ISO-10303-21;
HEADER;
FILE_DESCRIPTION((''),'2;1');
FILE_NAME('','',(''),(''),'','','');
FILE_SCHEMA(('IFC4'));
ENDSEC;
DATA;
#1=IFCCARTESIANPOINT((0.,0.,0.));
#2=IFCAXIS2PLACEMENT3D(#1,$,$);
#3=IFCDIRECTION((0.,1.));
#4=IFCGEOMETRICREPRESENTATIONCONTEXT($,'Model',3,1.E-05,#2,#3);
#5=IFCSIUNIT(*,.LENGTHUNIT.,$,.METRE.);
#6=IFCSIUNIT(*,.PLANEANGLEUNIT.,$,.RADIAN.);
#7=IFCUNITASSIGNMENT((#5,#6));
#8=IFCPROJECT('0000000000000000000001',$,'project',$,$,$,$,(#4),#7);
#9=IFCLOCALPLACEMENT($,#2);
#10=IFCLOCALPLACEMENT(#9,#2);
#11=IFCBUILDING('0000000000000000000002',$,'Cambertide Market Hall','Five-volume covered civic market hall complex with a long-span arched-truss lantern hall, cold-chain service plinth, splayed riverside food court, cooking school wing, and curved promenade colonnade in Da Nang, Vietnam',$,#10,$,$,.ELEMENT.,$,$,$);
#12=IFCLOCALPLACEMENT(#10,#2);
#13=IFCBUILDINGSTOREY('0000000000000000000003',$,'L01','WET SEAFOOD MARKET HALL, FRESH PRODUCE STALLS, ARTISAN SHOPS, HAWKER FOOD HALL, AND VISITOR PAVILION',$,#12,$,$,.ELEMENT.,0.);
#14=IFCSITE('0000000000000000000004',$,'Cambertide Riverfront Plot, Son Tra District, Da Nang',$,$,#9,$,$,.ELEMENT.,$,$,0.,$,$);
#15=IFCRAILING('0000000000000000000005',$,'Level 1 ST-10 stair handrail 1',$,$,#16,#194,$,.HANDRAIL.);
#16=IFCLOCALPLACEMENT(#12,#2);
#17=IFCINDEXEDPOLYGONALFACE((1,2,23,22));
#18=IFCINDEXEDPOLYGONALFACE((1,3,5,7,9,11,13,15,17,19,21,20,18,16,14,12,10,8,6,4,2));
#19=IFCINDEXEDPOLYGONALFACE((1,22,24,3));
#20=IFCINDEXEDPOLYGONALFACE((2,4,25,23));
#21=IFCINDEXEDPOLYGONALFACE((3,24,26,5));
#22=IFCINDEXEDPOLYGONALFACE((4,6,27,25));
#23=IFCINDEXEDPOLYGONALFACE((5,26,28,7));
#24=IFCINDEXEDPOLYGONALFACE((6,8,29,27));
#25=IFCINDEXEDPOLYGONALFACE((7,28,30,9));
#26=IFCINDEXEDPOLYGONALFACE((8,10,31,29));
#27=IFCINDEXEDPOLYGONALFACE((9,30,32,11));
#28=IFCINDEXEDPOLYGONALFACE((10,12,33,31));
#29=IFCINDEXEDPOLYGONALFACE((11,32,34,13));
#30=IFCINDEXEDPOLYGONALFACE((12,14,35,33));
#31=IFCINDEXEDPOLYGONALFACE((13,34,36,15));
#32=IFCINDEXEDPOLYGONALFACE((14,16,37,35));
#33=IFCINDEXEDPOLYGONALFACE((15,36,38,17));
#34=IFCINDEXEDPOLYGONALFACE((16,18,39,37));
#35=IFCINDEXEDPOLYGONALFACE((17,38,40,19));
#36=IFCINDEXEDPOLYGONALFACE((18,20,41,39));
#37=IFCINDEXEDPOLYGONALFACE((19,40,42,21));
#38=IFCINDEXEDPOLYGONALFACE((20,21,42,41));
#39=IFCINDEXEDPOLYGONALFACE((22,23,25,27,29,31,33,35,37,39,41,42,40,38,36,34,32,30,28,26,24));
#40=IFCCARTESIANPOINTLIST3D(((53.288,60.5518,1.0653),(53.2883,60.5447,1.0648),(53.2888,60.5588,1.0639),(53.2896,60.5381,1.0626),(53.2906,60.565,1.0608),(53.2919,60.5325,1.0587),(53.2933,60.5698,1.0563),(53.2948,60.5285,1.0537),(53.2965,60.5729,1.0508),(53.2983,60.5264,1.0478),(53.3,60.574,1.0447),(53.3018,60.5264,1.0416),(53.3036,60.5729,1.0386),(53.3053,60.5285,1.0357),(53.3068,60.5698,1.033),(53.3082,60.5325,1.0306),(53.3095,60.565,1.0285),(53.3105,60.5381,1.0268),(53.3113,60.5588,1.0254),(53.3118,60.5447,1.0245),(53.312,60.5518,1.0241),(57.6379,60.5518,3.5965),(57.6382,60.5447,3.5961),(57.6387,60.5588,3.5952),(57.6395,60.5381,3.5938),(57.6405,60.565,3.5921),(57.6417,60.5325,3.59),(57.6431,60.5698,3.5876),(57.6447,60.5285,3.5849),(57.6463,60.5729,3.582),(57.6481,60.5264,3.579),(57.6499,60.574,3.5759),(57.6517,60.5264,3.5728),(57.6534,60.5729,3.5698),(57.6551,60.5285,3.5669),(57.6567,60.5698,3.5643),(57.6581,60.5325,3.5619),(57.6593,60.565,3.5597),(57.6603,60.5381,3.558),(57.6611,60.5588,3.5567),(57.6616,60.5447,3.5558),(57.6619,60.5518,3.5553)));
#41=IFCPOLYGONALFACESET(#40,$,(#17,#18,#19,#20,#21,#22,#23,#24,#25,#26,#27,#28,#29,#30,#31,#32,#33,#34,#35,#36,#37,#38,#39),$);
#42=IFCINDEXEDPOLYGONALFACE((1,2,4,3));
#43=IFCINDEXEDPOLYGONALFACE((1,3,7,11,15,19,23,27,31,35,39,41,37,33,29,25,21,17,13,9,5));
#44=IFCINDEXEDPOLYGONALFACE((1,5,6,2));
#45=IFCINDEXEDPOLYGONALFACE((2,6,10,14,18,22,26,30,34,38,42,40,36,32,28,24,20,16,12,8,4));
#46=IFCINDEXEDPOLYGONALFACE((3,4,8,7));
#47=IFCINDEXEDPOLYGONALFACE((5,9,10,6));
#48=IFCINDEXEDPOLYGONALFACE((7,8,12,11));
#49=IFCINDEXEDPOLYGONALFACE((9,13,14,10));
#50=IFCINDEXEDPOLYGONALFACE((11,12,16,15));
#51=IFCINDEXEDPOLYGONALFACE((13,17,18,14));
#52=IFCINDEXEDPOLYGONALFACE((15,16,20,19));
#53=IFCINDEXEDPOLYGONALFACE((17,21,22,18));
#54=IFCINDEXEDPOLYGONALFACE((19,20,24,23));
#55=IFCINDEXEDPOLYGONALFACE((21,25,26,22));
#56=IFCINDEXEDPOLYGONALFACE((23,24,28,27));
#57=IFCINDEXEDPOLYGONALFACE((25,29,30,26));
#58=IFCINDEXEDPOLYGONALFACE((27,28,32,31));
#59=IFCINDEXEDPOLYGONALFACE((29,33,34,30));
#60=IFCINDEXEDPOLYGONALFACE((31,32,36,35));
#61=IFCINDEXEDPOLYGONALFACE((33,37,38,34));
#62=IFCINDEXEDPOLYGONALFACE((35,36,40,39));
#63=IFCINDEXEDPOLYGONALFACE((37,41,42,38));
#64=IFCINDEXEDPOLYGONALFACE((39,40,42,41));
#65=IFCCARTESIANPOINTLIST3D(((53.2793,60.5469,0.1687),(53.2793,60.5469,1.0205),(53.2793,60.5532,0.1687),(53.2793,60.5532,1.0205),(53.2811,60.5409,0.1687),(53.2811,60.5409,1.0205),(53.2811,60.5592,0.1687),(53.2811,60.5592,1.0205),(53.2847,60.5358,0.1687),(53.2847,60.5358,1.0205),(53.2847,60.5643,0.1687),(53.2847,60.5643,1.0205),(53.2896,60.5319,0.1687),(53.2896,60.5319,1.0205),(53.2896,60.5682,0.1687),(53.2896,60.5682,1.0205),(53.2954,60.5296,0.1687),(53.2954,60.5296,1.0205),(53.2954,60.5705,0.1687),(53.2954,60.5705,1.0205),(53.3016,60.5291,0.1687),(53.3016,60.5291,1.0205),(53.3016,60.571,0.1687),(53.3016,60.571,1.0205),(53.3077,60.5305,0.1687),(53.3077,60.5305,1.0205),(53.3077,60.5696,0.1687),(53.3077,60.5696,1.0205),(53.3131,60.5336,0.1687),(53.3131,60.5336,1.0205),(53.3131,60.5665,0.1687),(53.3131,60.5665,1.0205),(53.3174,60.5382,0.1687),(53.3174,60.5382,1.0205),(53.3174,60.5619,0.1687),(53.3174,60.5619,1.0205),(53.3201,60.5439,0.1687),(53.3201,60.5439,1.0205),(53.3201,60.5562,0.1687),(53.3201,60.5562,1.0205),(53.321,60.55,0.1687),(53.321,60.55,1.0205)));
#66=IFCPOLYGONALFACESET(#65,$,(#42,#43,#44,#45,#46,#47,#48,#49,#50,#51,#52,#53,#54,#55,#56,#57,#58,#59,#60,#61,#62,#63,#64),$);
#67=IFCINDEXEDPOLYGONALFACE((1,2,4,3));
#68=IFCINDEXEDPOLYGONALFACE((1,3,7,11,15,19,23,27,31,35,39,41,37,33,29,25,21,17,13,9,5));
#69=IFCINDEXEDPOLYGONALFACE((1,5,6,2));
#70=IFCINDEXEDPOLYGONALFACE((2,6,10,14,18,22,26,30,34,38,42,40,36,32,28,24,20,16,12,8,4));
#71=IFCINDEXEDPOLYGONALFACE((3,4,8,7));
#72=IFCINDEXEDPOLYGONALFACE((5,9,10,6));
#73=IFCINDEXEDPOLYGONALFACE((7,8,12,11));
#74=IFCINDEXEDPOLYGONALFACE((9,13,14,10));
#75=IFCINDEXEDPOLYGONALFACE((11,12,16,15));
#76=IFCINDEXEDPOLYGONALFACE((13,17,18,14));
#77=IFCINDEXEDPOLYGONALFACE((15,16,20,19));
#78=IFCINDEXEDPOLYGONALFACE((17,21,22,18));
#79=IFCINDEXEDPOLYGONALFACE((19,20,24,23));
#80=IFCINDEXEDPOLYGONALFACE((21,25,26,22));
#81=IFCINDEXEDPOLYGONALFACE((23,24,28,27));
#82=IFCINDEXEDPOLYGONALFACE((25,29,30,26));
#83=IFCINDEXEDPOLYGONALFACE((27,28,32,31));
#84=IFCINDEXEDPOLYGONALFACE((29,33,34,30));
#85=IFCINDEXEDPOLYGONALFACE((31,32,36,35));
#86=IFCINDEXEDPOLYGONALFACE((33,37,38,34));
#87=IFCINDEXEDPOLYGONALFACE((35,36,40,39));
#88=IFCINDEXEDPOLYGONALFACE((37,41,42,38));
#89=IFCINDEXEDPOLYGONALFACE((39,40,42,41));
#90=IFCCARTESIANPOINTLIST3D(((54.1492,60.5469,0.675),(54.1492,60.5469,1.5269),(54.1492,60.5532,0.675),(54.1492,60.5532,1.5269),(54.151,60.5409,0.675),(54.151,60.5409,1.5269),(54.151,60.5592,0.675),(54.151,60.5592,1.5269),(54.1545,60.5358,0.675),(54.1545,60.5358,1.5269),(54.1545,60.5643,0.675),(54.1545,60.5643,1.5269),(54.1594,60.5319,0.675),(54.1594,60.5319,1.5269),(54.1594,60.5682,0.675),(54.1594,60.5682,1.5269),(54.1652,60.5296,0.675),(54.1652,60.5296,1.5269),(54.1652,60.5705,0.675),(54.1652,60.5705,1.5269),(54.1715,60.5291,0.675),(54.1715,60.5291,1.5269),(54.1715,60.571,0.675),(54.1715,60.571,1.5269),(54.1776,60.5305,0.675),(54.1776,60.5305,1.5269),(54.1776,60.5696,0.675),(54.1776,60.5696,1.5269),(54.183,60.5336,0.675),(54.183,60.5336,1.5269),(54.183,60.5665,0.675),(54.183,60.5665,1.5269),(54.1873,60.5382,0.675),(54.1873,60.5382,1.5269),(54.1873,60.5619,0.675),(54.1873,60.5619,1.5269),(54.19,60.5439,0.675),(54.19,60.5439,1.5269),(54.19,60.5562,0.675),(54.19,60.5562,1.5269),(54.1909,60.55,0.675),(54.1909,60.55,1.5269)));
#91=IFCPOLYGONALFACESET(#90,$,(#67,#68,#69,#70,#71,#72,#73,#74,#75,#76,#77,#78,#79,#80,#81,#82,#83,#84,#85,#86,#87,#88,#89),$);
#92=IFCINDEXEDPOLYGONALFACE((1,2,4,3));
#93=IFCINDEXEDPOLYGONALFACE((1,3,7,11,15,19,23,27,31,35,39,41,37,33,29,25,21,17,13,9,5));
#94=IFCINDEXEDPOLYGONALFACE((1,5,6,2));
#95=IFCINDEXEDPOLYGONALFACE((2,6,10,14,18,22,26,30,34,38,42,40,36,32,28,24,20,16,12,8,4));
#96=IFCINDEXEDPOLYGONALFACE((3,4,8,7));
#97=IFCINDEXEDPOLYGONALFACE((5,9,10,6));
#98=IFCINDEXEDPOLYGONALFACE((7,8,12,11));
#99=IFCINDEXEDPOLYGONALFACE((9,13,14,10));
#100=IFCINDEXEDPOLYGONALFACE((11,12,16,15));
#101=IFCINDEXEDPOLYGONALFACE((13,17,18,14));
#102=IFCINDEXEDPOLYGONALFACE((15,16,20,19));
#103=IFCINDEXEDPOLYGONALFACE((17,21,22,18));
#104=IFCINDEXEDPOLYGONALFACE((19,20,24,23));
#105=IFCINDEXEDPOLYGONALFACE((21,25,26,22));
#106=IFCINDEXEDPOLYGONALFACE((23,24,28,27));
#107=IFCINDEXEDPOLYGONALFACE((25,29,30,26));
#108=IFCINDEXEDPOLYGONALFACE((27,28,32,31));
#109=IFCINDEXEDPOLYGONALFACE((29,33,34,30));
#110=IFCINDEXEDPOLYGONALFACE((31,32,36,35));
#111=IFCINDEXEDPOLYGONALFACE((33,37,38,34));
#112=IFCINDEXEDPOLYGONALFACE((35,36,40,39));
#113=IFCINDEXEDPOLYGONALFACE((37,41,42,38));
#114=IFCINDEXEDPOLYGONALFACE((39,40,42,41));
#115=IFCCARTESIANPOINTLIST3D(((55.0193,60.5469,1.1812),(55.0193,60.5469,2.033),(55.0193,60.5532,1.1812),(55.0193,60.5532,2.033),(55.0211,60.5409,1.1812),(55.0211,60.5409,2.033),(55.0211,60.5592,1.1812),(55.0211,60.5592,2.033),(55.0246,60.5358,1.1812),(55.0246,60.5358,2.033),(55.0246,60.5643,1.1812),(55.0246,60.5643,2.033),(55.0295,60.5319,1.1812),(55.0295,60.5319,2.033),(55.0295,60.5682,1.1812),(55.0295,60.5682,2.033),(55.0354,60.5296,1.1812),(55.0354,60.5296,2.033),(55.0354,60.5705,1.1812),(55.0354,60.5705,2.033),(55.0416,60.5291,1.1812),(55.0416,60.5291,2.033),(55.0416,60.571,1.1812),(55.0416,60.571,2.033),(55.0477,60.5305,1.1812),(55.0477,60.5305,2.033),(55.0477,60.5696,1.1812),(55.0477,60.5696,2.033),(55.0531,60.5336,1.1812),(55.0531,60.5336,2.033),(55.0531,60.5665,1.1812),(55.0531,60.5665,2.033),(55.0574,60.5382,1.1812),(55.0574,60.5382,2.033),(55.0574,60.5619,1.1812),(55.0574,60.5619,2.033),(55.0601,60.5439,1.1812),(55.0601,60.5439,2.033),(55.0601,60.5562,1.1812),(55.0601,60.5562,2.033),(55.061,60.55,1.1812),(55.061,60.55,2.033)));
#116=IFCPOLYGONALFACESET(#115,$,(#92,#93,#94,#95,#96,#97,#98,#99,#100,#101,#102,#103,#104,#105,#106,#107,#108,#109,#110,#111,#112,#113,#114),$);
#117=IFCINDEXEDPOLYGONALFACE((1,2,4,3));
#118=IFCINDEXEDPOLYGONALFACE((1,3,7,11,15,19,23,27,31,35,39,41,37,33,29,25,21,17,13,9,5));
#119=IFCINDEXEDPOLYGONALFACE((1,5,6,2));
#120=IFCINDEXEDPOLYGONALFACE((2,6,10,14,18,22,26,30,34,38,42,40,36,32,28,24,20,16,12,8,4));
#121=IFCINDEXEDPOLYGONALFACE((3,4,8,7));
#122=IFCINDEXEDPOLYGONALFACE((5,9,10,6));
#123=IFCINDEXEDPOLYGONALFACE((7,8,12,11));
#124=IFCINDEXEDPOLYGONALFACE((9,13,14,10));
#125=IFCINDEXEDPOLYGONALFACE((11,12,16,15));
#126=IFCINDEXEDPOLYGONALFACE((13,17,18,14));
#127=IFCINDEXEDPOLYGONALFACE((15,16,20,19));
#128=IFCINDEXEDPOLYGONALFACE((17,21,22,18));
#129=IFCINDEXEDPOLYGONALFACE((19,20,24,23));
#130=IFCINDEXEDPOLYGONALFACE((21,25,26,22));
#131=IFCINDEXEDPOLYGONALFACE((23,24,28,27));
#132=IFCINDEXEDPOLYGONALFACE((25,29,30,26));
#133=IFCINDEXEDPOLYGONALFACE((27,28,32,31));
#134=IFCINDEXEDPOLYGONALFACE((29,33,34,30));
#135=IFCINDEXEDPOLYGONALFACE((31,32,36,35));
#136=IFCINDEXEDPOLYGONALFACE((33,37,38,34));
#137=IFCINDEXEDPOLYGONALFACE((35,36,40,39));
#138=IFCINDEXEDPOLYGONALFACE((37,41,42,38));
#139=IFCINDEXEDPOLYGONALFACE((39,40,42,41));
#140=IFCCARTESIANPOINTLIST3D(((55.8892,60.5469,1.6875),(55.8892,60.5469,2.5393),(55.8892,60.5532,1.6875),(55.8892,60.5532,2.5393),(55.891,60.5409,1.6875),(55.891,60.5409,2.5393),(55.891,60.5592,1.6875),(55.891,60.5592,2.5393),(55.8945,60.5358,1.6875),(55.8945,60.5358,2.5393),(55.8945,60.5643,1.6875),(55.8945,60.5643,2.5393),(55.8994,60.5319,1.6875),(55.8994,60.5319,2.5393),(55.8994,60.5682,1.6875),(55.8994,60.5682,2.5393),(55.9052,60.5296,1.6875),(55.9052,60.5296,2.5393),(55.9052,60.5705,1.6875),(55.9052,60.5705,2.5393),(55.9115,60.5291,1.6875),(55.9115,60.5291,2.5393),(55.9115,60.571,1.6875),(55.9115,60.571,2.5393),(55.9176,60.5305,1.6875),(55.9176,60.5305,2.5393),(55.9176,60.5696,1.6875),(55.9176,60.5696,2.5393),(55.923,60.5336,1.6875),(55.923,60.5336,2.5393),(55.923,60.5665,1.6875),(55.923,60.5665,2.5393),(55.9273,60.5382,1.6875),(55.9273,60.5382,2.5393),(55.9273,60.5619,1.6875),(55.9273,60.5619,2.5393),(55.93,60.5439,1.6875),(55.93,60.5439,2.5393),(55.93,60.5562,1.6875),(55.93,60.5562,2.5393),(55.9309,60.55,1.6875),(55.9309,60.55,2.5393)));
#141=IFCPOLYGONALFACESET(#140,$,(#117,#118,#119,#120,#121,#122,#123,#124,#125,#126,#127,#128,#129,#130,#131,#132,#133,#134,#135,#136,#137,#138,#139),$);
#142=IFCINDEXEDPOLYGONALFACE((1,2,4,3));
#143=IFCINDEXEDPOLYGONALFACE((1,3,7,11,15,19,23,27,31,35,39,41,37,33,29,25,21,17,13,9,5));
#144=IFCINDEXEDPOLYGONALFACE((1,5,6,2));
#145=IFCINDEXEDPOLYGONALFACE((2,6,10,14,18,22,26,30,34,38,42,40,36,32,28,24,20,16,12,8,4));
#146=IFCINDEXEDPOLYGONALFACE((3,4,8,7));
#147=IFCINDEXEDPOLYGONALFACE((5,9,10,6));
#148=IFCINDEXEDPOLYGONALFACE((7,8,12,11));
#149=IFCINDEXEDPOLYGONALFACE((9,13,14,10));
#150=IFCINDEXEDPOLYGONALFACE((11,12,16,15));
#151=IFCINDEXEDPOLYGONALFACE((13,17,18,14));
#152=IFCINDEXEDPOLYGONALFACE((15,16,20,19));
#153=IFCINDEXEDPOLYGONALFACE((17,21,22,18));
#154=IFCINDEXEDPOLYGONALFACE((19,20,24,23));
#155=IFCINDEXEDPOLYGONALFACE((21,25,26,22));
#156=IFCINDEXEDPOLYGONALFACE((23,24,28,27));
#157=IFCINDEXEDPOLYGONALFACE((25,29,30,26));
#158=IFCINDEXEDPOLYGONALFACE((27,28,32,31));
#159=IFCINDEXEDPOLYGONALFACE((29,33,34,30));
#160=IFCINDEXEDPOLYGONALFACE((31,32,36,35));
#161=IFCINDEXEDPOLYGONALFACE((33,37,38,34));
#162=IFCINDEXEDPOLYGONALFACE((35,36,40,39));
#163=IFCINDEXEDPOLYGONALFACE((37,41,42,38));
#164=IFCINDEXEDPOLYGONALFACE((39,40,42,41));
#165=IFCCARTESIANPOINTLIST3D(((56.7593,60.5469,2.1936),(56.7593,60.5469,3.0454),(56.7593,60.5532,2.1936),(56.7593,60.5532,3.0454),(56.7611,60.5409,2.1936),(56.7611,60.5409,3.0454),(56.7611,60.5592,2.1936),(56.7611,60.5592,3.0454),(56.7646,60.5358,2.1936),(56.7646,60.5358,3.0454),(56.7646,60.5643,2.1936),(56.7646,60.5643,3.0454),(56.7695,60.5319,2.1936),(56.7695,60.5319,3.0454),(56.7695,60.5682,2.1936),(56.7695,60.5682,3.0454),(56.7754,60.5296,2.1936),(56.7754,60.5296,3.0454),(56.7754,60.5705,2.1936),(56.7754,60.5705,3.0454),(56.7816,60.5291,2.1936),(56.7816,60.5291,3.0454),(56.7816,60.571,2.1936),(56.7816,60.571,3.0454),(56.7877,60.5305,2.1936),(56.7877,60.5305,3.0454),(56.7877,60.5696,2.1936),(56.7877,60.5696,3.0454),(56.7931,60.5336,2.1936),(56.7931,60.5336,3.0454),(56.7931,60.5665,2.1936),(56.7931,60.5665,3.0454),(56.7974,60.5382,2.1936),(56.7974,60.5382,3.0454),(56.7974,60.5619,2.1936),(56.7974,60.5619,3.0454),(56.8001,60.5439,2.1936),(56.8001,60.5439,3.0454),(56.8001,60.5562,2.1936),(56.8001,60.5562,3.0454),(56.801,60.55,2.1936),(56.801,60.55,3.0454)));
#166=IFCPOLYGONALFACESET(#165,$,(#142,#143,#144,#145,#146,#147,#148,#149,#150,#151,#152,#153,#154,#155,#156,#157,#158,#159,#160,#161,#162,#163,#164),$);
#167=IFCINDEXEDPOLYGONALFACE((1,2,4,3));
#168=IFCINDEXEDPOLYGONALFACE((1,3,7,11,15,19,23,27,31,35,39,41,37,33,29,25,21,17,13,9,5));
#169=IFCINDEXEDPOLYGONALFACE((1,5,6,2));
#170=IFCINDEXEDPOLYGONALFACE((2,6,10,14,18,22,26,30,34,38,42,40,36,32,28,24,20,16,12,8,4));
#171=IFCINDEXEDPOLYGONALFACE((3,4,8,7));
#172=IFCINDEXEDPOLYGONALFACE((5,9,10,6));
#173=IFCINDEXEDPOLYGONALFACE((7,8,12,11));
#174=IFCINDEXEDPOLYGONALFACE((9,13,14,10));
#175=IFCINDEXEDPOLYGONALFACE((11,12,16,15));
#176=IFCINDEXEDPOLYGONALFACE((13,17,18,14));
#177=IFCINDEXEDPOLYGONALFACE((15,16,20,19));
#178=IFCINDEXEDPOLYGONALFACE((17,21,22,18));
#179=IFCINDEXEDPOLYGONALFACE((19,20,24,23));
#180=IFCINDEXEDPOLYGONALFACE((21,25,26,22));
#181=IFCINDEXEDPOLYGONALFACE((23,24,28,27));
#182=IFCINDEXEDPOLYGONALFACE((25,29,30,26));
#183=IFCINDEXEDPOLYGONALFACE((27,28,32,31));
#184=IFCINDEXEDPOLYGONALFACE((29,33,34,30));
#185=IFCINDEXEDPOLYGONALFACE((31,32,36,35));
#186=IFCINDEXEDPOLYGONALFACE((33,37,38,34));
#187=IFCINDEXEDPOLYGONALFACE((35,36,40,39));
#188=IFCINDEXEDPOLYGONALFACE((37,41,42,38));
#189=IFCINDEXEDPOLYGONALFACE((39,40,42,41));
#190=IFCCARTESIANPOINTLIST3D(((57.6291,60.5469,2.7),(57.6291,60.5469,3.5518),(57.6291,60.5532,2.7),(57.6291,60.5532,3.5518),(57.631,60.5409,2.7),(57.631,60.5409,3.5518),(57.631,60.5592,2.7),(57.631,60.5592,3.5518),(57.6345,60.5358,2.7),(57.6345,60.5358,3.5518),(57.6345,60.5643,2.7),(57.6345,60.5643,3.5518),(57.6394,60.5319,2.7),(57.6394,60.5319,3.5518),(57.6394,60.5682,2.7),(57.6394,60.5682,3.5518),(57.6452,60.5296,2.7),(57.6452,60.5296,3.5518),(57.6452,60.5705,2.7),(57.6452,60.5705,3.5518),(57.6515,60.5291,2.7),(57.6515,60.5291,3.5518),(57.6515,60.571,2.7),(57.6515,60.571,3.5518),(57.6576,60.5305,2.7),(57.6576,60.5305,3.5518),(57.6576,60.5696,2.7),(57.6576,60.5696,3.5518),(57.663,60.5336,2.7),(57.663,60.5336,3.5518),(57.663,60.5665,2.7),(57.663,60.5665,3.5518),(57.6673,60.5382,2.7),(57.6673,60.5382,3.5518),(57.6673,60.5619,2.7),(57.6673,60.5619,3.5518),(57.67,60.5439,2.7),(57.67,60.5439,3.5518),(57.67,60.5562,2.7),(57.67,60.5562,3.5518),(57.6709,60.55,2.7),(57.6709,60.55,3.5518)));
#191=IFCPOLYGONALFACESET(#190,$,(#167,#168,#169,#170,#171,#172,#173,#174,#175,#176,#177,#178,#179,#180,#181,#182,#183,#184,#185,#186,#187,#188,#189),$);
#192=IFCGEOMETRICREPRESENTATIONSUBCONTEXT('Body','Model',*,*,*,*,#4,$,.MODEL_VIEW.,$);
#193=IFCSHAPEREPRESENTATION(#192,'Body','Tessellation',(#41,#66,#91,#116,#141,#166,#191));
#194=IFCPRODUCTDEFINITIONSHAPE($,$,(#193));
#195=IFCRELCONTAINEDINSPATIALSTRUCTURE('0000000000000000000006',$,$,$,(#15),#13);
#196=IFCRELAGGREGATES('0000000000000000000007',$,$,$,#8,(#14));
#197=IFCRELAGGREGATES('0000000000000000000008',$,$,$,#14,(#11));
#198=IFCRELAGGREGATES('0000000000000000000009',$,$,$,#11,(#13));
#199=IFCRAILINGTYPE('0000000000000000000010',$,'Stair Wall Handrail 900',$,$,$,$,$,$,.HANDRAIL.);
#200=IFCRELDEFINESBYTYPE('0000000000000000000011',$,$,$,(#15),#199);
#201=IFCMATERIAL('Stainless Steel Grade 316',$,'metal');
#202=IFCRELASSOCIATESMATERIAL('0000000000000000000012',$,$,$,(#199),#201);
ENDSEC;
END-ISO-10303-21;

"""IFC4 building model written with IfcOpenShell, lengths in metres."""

from ifc_helpers import new_model, si_unit, direction, frame, origin, origin_2d, place, context, subcontext, project, spatial, circle, extrude, material, type_object, element, save


model = new_model("IFC4")

# Units and contexts
model_context = context("Model", 3, precision=1e-05, world=origin(), true_north=direction((0.0, 1.0)))
body_context = subcontext(model_context, "Body", "Model", "MODEL_VIEW")
ifc_project = project(units=[si_unit("LENGTHUNIT", "METRE"), si_unit("PLANEANGLEUNIT", "RADIAN")], contexts=[model_context])

# Site, building, storey
site_placement = place(None, origin())
site = spatial("IfcSite", under=ifc_project, at=site_placement, Name="Cambertide Riverfront Plot, Son Tra District, Da Nang", CompositionType="ELEMENT", RefElevation=0.0)
building_placement = place(site_placement, origin())
building = spatial("IfcBuilding", under=site, at=building_placement, Name="Cambertide Market Hall", Description="Five-volume covered civic market hall complex with a long-span arched-truss lantern hall, cold-chain service plinth, splayed riverside food court, cooking school wing, and curved promenade colonnade in Da Nang, Vietnam", CompositionType="ELEMENT")
storey_placement = place(building_placement, origin())
storey = spatial("IfcBuildingStorey", under=building, at=storey_placement, Name="L01", Description="WET SEAFOOD MARKET HALL, FRESH PRODUCE STALLS, ARTISAN SHOPS, HAWKER FOOD HALL, AND VISITOR PAVILION", CompositionType="ELEMENT", Elevation=0.0)

# Railing
ifc_material_1 = material(Name="Stainless Steel Grade 316", Category="metal")
railing_type_1 = type_object("IfcRailingType", Name="Stair Wall Handrail 900", PredefinedType="HANDRAIL", material=ifc_material_1)
railing_1_placement = place(storey_placement, frame((53.3, 60.55, 0.1687)))
element("IfcRailing", 1, at=railing_1_placement, inside=storey, type_object=railing_type_1, Name="Level 1 ST-10 stair handrail 1", PredefinedType="HANDRAIL", context=body_context, shape_type="SweptSolid", body=[
    extrude(circle(Radius=0.0239, at=origin_2d()), frame((0.0, 0.0, 0.876), z_axis=(0.864312, 0.0, 0.502957), x_axis=(0.0, 1.0, 0.0)), (0.0, 0.0, 1.0), 5.0327),
    extrude(circle(Radius=0.021, at=origin_2d()), origin(), (0.0, 0.0, 1.0), 0.8518),
    extrude(circle(Radius=0.021, at=origin_2d()), frame((0.8699, 0.0, 0.5063)), (0.0, 0.0, 1.0), 0.8518),
    extrude(circle(Radius=0.021, at=origin_2d()), frame((1.74, 0.0, 1.0125)), (0.0, 0.0, 1.0), 0.8518),
    extrude(circle(Radius=0.021, at=origin_2d()), frame((2.6099, 0.0, 1.5188)), (0.0, 0.0, 1.0), 0.8518),
    extrude(circle(Radius=0.021, at=origin_2d()), frame((3.48, 0.0, 2.0249)), (0.0, 0.0, 1.0), 0.8518),
    extrude(circle(Radius=0.021, at=origin_2d()), frame((4.3499, 0.0, 2.5312)), (0.0, 0.0, 1.0), 0.8518),
])

save(model, "model.ifc")
